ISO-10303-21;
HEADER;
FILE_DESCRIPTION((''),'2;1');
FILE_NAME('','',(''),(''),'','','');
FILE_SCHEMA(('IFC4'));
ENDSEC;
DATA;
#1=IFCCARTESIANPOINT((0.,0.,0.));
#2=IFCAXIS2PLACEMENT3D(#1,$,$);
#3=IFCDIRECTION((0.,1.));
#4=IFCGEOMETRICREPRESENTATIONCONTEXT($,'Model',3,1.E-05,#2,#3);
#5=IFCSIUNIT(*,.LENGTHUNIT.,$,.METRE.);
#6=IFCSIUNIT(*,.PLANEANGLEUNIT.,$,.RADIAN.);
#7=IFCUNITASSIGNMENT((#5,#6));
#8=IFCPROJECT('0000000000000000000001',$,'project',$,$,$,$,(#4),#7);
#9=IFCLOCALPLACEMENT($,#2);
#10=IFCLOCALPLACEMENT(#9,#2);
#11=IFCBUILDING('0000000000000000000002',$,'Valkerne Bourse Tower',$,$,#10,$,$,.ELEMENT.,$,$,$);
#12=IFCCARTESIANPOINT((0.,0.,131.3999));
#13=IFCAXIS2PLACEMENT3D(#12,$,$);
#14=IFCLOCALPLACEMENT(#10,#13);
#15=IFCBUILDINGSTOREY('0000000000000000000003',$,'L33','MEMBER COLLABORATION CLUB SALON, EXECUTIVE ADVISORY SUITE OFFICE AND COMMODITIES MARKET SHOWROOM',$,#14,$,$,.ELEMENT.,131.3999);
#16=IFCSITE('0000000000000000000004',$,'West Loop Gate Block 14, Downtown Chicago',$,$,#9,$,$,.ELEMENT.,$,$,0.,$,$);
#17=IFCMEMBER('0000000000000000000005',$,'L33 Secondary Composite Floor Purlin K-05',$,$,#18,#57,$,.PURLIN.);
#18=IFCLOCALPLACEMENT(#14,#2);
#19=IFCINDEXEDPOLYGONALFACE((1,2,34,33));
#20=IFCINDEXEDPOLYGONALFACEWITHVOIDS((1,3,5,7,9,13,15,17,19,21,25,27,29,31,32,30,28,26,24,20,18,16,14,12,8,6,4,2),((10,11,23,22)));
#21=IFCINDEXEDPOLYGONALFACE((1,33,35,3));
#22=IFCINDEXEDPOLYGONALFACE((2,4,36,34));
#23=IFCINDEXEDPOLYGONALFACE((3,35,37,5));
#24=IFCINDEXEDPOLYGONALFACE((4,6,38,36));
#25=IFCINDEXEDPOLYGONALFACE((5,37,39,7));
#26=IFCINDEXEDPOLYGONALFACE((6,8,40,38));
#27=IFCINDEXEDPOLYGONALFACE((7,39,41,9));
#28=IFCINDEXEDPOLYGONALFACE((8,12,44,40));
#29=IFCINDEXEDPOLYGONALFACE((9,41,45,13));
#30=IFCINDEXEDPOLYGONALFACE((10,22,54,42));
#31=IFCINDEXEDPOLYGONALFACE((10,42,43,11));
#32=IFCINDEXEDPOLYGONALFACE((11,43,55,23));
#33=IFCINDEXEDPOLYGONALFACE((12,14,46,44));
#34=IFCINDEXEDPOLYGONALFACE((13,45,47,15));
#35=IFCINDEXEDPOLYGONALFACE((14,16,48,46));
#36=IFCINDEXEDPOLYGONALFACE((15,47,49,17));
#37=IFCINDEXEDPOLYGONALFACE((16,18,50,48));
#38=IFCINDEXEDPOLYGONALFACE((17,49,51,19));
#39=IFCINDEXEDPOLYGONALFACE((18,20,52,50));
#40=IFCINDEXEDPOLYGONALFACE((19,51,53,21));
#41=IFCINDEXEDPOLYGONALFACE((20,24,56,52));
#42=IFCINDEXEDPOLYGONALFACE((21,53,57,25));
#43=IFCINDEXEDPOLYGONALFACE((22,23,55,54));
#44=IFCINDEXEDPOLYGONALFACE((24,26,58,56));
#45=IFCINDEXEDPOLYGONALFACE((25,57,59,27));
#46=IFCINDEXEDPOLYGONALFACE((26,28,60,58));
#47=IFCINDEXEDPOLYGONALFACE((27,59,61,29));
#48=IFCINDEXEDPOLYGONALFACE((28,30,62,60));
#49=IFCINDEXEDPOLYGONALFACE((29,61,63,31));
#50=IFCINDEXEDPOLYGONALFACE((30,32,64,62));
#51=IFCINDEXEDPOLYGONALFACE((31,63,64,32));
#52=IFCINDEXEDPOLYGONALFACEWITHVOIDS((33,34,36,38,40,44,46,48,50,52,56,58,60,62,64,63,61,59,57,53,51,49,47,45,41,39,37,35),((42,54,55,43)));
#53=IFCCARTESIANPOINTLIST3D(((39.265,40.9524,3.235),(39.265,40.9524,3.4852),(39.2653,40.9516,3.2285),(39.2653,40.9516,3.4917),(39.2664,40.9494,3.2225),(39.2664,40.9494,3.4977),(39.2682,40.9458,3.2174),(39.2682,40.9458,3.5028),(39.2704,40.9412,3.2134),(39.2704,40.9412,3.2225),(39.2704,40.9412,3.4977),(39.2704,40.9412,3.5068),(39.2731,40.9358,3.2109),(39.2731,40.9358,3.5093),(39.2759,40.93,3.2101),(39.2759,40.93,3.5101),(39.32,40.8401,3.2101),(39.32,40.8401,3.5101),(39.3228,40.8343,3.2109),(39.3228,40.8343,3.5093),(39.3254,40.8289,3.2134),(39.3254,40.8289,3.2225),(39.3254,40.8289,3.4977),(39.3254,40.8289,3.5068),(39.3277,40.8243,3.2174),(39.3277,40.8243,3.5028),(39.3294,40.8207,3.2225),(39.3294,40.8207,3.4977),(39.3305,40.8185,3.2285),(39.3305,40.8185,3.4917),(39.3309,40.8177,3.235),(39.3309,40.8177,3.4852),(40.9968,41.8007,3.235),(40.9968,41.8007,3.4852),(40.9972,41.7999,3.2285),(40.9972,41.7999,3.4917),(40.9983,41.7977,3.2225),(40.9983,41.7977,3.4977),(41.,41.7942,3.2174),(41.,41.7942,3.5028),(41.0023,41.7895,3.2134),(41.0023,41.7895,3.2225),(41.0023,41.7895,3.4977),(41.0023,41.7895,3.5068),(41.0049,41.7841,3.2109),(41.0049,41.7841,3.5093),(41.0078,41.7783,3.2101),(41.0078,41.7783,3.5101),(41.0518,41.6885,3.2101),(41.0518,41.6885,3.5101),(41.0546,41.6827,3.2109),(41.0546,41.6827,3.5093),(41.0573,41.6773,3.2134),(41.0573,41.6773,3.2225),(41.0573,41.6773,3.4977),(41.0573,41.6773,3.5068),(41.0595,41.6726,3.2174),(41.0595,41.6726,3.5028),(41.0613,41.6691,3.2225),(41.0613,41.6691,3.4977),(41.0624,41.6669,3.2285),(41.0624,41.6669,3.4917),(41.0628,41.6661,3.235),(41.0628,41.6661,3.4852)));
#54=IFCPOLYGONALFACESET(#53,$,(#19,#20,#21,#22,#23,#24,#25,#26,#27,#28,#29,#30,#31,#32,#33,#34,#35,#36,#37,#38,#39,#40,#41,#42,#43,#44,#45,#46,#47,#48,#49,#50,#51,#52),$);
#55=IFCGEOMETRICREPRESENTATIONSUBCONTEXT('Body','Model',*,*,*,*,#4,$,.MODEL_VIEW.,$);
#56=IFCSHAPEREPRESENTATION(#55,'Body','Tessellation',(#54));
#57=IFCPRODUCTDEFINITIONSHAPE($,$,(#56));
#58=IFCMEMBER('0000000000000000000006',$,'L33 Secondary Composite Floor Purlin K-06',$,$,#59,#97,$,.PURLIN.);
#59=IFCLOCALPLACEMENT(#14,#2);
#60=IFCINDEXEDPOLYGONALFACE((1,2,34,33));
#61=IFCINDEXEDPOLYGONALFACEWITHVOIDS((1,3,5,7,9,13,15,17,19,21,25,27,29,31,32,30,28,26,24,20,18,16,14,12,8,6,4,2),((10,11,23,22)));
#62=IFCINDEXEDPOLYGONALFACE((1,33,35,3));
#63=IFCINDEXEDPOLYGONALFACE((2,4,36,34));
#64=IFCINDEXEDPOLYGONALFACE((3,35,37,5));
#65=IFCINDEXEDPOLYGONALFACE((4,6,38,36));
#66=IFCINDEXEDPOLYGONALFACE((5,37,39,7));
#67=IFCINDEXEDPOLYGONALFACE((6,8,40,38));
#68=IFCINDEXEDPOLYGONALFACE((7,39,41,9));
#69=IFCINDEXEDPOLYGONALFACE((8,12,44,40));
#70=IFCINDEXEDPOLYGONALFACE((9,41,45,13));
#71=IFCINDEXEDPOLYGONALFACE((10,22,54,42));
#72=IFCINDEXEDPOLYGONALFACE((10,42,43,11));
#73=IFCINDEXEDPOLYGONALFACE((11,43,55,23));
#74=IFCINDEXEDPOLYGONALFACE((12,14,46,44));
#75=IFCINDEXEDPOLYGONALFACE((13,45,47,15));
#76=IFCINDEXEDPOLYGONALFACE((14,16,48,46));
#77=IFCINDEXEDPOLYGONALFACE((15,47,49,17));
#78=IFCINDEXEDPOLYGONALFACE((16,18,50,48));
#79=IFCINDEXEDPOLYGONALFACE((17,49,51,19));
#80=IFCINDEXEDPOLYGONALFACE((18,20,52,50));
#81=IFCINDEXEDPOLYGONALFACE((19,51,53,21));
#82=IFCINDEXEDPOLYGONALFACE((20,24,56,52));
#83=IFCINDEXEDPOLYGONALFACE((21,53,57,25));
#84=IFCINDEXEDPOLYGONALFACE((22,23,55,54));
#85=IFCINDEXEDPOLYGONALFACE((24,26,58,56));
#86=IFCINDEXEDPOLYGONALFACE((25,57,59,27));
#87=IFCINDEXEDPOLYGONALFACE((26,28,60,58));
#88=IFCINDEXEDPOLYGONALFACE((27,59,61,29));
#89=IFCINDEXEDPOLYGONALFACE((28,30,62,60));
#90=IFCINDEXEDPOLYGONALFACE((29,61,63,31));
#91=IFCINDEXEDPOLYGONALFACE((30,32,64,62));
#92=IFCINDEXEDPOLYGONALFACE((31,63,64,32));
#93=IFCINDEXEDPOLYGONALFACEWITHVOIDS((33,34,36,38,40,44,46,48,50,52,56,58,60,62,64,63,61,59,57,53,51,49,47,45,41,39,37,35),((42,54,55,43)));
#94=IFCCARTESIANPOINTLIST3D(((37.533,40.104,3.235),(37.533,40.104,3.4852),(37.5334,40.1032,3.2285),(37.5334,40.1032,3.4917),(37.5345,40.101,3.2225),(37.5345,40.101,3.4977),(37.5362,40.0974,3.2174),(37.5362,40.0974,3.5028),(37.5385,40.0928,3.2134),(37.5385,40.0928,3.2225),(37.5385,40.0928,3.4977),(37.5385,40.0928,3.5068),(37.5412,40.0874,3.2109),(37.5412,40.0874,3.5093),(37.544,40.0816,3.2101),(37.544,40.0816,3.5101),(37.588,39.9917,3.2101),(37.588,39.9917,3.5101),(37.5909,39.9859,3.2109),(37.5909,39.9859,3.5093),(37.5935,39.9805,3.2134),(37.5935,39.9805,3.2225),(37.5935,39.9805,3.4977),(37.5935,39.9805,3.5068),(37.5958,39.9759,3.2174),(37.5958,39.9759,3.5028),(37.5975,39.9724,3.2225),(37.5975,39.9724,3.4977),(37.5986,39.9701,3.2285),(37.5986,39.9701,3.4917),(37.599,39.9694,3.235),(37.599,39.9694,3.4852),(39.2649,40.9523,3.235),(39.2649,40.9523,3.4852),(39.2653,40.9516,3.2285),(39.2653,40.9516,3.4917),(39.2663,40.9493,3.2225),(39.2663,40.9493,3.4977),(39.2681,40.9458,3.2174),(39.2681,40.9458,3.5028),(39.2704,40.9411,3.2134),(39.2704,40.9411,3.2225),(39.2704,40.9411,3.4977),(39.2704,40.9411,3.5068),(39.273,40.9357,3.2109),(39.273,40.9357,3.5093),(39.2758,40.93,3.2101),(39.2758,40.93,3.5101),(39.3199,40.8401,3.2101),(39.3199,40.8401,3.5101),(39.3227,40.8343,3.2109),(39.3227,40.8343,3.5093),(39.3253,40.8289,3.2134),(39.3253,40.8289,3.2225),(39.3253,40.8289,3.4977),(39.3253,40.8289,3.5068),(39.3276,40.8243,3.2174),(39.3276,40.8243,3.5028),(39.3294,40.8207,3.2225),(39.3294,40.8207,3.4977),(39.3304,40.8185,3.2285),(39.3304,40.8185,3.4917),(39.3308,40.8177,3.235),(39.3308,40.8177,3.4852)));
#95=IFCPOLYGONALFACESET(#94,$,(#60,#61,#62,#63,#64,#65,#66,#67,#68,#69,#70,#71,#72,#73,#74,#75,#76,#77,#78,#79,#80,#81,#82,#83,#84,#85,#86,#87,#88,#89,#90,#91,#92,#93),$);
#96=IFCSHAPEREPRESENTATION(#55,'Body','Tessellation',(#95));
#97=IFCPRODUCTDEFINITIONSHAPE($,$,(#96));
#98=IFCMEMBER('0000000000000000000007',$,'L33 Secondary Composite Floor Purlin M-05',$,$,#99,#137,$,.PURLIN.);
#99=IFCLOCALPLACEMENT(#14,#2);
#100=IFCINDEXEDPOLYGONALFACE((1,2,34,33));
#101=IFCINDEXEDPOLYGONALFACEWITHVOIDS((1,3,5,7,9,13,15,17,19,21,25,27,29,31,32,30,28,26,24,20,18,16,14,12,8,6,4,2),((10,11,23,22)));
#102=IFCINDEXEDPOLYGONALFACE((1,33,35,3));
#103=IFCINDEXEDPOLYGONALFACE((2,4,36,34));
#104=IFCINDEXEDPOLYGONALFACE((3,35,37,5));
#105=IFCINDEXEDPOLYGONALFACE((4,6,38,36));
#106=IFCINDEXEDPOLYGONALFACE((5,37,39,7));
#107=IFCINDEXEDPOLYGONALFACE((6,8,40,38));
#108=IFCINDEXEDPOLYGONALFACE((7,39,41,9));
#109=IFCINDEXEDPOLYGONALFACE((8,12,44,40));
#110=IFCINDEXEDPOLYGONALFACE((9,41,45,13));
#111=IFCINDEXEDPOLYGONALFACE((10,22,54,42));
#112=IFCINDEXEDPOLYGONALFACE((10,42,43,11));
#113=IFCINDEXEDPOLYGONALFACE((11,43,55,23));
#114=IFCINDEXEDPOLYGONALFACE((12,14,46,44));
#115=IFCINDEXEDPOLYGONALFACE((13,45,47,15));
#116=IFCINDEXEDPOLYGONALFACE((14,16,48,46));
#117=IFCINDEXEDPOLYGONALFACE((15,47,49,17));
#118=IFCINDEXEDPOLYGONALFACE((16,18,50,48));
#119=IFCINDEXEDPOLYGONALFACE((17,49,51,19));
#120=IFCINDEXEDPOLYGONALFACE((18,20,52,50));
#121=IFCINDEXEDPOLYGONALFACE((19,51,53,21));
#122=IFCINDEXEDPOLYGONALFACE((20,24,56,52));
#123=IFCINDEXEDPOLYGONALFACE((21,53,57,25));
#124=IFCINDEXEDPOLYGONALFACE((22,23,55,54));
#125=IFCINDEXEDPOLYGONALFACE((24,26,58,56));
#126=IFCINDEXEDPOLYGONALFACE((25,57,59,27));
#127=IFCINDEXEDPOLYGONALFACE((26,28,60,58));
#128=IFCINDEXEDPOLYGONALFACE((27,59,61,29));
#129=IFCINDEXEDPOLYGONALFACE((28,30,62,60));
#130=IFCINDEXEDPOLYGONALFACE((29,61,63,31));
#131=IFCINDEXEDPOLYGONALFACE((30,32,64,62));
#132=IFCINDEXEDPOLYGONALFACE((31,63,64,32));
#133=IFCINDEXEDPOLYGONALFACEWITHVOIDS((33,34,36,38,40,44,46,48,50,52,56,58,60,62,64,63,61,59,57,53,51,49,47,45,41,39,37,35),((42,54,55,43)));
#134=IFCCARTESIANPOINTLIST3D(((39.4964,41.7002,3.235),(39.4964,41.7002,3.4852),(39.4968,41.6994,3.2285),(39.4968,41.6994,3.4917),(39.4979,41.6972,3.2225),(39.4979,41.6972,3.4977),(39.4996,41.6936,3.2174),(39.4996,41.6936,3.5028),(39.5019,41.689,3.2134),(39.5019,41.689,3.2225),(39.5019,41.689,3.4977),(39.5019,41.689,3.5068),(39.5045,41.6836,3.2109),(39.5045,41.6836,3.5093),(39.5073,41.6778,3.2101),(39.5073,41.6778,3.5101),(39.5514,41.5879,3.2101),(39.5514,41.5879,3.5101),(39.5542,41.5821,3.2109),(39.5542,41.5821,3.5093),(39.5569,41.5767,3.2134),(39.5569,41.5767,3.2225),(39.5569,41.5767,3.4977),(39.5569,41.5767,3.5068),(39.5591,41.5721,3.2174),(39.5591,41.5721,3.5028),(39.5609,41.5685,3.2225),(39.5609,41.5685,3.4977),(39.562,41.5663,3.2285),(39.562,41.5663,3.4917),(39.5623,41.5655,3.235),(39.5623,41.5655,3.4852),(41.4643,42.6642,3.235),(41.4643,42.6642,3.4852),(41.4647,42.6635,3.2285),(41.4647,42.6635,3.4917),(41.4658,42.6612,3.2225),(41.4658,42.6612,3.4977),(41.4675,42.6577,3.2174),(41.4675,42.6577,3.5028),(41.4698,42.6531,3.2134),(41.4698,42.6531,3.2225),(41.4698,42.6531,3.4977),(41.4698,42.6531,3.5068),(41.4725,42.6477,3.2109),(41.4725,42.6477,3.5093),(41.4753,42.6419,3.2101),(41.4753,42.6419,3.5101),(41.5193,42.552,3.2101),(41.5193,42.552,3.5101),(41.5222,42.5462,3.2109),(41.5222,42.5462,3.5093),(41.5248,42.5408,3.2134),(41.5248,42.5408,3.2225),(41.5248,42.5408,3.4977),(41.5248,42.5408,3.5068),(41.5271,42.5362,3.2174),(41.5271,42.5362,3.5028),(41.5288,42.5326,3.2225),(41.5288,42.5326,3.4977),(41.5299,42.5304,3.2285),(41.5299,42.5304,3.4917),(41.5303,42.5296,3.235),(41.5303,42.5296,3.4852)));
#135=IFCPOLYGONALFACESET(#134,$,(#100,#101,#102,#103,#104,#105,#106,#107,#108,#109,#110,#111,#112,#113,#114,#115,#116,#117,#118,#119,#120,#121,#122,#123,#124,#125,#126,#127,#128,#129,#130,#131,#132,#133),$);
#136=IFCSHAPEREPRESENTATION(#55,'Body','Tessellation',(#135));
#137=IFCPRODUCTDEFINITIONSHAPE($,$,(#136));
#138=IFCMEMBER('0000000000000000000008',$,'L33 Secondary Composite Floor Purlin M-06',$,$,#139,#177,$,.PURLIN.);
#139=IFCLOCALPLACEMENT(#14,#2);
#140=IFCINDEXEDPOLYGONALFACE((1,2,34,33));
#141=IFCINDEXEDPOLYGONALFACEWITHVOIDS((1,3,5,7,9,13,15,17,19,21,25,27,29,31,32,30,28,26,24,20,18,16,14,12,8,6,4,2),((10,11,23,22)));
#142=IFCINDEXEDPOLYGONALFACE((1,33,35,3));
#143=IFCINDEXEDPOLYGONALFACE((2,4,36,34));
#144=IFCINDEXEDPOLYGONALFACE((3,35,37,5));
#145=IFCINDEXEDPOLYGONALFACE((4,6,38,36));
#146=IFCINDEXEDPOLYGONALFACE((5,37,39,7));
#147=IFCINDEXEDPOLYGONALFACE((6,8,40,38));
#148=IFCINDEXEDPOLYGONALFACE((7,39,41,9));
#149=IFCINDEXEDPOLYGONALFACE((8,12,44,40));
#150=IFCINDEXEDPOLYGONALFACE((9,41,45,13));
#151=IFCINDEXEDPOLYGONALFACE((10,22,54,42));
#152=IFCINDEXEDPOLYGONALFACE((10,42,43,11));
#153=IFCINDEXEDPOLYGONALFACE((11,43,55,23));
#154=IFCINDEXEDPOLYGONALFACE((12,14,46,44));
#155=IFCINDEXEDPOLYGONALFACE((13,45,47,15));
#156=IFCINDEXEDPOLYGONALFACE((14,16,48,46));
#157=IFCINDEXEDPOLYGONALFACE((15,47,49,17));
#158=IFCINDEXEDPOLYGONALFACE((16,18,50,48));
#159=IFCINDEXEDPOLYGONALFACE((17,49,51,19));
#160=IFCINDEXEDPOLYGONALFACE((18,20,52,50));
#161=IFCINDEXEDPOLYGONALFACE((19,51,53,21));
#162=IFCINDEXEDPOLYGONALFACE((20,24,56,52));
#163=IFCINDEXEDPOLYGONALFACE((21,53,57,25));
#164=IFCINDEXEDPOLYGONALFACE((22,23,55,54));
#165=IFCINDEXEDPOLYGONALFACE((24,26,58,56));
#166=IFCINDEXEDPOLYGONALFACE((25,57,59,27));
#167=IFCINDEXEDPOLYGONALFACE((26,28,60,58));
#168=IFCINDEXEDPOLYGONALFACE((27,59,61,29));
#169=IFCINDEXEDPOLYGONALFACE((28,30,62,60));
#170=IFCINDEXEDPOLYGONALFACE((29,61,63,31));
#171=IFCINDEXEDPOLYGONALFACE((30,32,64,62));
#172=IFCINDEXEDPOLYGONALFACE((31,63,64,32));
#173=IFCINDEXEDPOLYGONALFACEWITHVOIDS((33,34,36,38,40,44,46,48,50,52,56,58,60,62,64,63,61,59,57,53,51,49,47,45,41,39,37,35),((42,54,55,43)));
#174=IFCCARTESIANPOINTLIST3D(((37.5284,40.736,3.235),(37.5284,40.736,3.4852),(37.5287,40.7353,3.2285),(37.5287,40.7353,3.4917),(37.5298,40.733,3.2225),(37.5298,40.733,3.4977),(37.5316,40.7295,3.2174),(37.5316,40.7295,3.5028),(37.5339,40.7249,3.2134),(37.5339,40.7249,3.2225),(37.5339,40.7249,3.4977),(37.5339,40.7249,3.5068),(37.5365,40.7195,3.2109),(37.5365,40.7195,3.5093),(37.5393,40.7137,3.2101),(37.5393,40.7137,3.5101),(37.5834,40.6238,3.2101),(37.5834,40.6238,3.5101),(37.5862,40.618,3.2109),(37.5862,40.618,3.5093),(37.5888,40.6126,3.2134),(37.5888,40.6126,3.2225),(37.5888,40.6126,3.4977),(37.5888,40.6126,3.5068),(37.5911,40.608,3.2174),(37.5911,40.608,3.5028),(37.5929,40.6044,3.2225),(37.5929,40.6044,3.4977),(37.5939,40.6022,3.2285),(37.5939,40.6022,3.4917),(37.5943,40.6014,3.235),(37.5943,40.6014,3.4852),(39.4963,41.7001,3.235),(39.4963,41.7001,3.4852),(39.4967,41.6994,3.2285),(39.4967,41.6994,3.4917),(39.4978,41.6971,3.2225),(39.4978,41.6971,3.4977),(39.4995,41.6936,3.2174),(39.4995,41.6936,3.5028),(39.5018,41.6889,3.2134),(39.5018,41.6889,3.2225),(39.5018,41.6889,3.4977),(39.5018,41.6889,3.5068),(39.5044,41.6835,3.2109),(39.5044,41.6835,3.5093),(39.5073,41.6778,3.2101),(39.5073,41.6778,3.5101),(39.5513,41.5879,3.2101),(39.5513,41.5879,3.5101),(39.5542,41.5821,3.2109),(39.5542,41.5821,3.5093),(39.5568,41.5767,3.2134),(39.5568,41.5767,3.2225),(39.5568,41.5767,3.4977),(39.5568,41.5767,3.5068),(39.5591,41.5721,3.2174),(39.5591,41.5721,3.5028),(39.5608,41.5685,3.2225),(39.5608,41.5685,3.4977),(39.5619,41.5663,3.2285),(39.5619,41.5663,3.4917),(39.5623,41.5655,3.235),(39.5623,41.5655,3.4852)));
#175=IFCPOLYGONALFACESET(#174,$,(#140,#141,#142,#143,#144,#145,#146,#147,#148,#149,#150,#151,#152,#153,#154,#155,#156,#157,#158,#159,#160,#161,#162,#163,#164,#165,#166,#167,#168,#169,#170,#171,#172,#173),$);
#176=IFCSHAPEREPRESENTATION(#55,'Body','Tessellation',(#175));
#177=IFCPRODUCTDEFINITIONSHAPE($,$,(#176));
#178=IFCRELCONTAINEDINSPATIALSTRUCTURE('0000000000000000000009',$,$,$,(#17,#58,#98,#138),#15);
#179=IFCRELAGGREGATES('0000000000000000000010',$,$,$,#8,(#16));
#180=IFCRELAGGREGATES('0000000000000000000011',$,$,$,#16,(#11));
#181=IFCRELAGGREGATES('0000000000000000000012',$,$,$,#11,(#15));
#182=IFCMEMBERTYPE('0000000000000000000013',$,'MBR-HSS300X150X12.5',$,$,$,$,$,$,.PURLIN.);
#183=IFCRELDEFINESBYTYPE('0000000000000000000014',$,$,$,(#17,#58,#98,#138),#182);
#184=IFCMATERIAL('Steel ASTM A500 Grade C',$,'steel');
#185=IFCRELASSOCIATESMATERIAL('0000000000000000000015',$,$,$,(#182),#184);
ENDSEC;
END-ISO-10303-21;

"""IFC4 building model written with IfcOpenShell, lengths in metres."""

from ifc_helpers import new_model, si_unit, direction, frame, origin, origin_2d, place, context, subcontext, project, spatial, hollow_rectangle, extrude, material, material_profile, profile_set, type_object, element, save


model = new_model("IFC4")

# Units and contexts
model_context = context("Model", 3, precision=1e-05, world=origin(), true_north=direction((0.0, 1.0)))
body_context = subcontext(model_context, "Body", "Model", "MODEL_VIEW")
ifc_project = project(units=[si_unit("LENGTHUNIT", "METRE"), si_unit("PLANEANGLEUNIT", "RADIAN")], contexts=[model_context])

# Site, building, storey
site_placement = place(None, origin())
site = spatial("IfcSite", under=ifc_project, at=site_placement, Name="West Loop Gate Block 14, Downtown Chicago", CompositionType="ELEMENT", RefElevation=0.0)
building_placement = place(site_placement, origin())
building = spatial("IfcBuilding", under=site, at=building_placement, Name="Valkerne Bourse Tower", CompositionType="ELEMENT")
storey_placement = place(building_placement, frame((0.0, 0.0, 131.3999)))
storey = spatial("IfcBuildingStorey", under=building, at=storey_placement, Name="L33", Description="MEMBER COLLABORATION CLUB SALON, EXECUTIVE ADVISORY SUITE OFFICE AND COMMODITIES MARKET SHOWROOM", CompositionType="ELEMENT", Elevation=131.3999)

# Members
ifc_material_1 = material(Name="Steel ASTM A500 Grade C", Category="steel")
ifc_material_profile_1 = material_profile(ifc_material_1, hollow_rectangle(XDim=0.1499, YDim=0.3, WallThickness=0.0125, OuterFilletRadius=0.0249, at=origin_2d()), Name="HSS300X150X12.5")
ifc_profile_set_1 = profile_set([ifc_material_profile_1], Name="Steel ASTM A500 Grade C")
member_type_1 = type_object("IfcMemberType", Name="MBR-HSS300X150X12.5", PredefinedType="PURLIN", material=ifc_profile_set_1)
for number, where, z_axis, x_axis, name in (
    (1, (41.0298, 41.7334, 3.3601), (-0.898043, -0.439907, 0.0), (0.439907, -0.898043, 0.0), "L33 Secondary Composite Floor Purlin K-05"),
    (2, (39.2979, 40.885, 3.3601), (-0.898043, -0.439907, 0.0), (0.439907, -0.898043, 0.0), "L33 Secondary Composite Floor Purlin K-06"),
):
    element("IfcMember", number, at=place(storey_placement, frame(where, z_axis=z_axis, x_axis=x_axis)), inside=storey, type_object=member_type_1, Name=name, PredefinedType="PURLIN", context=body_context, shape_type="SweptSolid", body=[
        extrude(hollow_rectangle(XDim=0.1499, YDim=0.3, WallThickness=0.0125, OuterFilletRadius=0.0249, at=origin_2d()), origin(), (0.0, 0.0, 1.0), 1.9285),
    ])
for number, where, z_axis, x_axis, name in (
    (3, (41.4973, 42.5969, 3.3601), (-0.898029, -0.439935, 0.0), (0.439935, -0.898029, 0.0), "L33 Secondary Composite Floor Purlin M-05"),
    (4, (39.5293, 41.6328, 3.3601), (-0.898029, -0.439935, 0.0), (0.439935, -0.898029, 0.0), "L33 Secondary Composite Floor Purlin M-06"),
):
    element("IfcMember", number, at=place(storey_placement, frame(where, z_axis=z_axis, x_axis=x_axis)), inside=storey, type_object=member_type_1, Name=name, PredefinedType="PURLIN", context=body_context, shape_type="SweptSolid", body=[
        extrude(hollow_rectangle(XDim=0.1499, YDim=0.3, WallThickness=0.0125, OuterFilletRadius=0.0249, at=origin_2d()), origin(), (0.0, 0.0, 1.0), 2.1914),
    ])

save(model, "model.ifc")
